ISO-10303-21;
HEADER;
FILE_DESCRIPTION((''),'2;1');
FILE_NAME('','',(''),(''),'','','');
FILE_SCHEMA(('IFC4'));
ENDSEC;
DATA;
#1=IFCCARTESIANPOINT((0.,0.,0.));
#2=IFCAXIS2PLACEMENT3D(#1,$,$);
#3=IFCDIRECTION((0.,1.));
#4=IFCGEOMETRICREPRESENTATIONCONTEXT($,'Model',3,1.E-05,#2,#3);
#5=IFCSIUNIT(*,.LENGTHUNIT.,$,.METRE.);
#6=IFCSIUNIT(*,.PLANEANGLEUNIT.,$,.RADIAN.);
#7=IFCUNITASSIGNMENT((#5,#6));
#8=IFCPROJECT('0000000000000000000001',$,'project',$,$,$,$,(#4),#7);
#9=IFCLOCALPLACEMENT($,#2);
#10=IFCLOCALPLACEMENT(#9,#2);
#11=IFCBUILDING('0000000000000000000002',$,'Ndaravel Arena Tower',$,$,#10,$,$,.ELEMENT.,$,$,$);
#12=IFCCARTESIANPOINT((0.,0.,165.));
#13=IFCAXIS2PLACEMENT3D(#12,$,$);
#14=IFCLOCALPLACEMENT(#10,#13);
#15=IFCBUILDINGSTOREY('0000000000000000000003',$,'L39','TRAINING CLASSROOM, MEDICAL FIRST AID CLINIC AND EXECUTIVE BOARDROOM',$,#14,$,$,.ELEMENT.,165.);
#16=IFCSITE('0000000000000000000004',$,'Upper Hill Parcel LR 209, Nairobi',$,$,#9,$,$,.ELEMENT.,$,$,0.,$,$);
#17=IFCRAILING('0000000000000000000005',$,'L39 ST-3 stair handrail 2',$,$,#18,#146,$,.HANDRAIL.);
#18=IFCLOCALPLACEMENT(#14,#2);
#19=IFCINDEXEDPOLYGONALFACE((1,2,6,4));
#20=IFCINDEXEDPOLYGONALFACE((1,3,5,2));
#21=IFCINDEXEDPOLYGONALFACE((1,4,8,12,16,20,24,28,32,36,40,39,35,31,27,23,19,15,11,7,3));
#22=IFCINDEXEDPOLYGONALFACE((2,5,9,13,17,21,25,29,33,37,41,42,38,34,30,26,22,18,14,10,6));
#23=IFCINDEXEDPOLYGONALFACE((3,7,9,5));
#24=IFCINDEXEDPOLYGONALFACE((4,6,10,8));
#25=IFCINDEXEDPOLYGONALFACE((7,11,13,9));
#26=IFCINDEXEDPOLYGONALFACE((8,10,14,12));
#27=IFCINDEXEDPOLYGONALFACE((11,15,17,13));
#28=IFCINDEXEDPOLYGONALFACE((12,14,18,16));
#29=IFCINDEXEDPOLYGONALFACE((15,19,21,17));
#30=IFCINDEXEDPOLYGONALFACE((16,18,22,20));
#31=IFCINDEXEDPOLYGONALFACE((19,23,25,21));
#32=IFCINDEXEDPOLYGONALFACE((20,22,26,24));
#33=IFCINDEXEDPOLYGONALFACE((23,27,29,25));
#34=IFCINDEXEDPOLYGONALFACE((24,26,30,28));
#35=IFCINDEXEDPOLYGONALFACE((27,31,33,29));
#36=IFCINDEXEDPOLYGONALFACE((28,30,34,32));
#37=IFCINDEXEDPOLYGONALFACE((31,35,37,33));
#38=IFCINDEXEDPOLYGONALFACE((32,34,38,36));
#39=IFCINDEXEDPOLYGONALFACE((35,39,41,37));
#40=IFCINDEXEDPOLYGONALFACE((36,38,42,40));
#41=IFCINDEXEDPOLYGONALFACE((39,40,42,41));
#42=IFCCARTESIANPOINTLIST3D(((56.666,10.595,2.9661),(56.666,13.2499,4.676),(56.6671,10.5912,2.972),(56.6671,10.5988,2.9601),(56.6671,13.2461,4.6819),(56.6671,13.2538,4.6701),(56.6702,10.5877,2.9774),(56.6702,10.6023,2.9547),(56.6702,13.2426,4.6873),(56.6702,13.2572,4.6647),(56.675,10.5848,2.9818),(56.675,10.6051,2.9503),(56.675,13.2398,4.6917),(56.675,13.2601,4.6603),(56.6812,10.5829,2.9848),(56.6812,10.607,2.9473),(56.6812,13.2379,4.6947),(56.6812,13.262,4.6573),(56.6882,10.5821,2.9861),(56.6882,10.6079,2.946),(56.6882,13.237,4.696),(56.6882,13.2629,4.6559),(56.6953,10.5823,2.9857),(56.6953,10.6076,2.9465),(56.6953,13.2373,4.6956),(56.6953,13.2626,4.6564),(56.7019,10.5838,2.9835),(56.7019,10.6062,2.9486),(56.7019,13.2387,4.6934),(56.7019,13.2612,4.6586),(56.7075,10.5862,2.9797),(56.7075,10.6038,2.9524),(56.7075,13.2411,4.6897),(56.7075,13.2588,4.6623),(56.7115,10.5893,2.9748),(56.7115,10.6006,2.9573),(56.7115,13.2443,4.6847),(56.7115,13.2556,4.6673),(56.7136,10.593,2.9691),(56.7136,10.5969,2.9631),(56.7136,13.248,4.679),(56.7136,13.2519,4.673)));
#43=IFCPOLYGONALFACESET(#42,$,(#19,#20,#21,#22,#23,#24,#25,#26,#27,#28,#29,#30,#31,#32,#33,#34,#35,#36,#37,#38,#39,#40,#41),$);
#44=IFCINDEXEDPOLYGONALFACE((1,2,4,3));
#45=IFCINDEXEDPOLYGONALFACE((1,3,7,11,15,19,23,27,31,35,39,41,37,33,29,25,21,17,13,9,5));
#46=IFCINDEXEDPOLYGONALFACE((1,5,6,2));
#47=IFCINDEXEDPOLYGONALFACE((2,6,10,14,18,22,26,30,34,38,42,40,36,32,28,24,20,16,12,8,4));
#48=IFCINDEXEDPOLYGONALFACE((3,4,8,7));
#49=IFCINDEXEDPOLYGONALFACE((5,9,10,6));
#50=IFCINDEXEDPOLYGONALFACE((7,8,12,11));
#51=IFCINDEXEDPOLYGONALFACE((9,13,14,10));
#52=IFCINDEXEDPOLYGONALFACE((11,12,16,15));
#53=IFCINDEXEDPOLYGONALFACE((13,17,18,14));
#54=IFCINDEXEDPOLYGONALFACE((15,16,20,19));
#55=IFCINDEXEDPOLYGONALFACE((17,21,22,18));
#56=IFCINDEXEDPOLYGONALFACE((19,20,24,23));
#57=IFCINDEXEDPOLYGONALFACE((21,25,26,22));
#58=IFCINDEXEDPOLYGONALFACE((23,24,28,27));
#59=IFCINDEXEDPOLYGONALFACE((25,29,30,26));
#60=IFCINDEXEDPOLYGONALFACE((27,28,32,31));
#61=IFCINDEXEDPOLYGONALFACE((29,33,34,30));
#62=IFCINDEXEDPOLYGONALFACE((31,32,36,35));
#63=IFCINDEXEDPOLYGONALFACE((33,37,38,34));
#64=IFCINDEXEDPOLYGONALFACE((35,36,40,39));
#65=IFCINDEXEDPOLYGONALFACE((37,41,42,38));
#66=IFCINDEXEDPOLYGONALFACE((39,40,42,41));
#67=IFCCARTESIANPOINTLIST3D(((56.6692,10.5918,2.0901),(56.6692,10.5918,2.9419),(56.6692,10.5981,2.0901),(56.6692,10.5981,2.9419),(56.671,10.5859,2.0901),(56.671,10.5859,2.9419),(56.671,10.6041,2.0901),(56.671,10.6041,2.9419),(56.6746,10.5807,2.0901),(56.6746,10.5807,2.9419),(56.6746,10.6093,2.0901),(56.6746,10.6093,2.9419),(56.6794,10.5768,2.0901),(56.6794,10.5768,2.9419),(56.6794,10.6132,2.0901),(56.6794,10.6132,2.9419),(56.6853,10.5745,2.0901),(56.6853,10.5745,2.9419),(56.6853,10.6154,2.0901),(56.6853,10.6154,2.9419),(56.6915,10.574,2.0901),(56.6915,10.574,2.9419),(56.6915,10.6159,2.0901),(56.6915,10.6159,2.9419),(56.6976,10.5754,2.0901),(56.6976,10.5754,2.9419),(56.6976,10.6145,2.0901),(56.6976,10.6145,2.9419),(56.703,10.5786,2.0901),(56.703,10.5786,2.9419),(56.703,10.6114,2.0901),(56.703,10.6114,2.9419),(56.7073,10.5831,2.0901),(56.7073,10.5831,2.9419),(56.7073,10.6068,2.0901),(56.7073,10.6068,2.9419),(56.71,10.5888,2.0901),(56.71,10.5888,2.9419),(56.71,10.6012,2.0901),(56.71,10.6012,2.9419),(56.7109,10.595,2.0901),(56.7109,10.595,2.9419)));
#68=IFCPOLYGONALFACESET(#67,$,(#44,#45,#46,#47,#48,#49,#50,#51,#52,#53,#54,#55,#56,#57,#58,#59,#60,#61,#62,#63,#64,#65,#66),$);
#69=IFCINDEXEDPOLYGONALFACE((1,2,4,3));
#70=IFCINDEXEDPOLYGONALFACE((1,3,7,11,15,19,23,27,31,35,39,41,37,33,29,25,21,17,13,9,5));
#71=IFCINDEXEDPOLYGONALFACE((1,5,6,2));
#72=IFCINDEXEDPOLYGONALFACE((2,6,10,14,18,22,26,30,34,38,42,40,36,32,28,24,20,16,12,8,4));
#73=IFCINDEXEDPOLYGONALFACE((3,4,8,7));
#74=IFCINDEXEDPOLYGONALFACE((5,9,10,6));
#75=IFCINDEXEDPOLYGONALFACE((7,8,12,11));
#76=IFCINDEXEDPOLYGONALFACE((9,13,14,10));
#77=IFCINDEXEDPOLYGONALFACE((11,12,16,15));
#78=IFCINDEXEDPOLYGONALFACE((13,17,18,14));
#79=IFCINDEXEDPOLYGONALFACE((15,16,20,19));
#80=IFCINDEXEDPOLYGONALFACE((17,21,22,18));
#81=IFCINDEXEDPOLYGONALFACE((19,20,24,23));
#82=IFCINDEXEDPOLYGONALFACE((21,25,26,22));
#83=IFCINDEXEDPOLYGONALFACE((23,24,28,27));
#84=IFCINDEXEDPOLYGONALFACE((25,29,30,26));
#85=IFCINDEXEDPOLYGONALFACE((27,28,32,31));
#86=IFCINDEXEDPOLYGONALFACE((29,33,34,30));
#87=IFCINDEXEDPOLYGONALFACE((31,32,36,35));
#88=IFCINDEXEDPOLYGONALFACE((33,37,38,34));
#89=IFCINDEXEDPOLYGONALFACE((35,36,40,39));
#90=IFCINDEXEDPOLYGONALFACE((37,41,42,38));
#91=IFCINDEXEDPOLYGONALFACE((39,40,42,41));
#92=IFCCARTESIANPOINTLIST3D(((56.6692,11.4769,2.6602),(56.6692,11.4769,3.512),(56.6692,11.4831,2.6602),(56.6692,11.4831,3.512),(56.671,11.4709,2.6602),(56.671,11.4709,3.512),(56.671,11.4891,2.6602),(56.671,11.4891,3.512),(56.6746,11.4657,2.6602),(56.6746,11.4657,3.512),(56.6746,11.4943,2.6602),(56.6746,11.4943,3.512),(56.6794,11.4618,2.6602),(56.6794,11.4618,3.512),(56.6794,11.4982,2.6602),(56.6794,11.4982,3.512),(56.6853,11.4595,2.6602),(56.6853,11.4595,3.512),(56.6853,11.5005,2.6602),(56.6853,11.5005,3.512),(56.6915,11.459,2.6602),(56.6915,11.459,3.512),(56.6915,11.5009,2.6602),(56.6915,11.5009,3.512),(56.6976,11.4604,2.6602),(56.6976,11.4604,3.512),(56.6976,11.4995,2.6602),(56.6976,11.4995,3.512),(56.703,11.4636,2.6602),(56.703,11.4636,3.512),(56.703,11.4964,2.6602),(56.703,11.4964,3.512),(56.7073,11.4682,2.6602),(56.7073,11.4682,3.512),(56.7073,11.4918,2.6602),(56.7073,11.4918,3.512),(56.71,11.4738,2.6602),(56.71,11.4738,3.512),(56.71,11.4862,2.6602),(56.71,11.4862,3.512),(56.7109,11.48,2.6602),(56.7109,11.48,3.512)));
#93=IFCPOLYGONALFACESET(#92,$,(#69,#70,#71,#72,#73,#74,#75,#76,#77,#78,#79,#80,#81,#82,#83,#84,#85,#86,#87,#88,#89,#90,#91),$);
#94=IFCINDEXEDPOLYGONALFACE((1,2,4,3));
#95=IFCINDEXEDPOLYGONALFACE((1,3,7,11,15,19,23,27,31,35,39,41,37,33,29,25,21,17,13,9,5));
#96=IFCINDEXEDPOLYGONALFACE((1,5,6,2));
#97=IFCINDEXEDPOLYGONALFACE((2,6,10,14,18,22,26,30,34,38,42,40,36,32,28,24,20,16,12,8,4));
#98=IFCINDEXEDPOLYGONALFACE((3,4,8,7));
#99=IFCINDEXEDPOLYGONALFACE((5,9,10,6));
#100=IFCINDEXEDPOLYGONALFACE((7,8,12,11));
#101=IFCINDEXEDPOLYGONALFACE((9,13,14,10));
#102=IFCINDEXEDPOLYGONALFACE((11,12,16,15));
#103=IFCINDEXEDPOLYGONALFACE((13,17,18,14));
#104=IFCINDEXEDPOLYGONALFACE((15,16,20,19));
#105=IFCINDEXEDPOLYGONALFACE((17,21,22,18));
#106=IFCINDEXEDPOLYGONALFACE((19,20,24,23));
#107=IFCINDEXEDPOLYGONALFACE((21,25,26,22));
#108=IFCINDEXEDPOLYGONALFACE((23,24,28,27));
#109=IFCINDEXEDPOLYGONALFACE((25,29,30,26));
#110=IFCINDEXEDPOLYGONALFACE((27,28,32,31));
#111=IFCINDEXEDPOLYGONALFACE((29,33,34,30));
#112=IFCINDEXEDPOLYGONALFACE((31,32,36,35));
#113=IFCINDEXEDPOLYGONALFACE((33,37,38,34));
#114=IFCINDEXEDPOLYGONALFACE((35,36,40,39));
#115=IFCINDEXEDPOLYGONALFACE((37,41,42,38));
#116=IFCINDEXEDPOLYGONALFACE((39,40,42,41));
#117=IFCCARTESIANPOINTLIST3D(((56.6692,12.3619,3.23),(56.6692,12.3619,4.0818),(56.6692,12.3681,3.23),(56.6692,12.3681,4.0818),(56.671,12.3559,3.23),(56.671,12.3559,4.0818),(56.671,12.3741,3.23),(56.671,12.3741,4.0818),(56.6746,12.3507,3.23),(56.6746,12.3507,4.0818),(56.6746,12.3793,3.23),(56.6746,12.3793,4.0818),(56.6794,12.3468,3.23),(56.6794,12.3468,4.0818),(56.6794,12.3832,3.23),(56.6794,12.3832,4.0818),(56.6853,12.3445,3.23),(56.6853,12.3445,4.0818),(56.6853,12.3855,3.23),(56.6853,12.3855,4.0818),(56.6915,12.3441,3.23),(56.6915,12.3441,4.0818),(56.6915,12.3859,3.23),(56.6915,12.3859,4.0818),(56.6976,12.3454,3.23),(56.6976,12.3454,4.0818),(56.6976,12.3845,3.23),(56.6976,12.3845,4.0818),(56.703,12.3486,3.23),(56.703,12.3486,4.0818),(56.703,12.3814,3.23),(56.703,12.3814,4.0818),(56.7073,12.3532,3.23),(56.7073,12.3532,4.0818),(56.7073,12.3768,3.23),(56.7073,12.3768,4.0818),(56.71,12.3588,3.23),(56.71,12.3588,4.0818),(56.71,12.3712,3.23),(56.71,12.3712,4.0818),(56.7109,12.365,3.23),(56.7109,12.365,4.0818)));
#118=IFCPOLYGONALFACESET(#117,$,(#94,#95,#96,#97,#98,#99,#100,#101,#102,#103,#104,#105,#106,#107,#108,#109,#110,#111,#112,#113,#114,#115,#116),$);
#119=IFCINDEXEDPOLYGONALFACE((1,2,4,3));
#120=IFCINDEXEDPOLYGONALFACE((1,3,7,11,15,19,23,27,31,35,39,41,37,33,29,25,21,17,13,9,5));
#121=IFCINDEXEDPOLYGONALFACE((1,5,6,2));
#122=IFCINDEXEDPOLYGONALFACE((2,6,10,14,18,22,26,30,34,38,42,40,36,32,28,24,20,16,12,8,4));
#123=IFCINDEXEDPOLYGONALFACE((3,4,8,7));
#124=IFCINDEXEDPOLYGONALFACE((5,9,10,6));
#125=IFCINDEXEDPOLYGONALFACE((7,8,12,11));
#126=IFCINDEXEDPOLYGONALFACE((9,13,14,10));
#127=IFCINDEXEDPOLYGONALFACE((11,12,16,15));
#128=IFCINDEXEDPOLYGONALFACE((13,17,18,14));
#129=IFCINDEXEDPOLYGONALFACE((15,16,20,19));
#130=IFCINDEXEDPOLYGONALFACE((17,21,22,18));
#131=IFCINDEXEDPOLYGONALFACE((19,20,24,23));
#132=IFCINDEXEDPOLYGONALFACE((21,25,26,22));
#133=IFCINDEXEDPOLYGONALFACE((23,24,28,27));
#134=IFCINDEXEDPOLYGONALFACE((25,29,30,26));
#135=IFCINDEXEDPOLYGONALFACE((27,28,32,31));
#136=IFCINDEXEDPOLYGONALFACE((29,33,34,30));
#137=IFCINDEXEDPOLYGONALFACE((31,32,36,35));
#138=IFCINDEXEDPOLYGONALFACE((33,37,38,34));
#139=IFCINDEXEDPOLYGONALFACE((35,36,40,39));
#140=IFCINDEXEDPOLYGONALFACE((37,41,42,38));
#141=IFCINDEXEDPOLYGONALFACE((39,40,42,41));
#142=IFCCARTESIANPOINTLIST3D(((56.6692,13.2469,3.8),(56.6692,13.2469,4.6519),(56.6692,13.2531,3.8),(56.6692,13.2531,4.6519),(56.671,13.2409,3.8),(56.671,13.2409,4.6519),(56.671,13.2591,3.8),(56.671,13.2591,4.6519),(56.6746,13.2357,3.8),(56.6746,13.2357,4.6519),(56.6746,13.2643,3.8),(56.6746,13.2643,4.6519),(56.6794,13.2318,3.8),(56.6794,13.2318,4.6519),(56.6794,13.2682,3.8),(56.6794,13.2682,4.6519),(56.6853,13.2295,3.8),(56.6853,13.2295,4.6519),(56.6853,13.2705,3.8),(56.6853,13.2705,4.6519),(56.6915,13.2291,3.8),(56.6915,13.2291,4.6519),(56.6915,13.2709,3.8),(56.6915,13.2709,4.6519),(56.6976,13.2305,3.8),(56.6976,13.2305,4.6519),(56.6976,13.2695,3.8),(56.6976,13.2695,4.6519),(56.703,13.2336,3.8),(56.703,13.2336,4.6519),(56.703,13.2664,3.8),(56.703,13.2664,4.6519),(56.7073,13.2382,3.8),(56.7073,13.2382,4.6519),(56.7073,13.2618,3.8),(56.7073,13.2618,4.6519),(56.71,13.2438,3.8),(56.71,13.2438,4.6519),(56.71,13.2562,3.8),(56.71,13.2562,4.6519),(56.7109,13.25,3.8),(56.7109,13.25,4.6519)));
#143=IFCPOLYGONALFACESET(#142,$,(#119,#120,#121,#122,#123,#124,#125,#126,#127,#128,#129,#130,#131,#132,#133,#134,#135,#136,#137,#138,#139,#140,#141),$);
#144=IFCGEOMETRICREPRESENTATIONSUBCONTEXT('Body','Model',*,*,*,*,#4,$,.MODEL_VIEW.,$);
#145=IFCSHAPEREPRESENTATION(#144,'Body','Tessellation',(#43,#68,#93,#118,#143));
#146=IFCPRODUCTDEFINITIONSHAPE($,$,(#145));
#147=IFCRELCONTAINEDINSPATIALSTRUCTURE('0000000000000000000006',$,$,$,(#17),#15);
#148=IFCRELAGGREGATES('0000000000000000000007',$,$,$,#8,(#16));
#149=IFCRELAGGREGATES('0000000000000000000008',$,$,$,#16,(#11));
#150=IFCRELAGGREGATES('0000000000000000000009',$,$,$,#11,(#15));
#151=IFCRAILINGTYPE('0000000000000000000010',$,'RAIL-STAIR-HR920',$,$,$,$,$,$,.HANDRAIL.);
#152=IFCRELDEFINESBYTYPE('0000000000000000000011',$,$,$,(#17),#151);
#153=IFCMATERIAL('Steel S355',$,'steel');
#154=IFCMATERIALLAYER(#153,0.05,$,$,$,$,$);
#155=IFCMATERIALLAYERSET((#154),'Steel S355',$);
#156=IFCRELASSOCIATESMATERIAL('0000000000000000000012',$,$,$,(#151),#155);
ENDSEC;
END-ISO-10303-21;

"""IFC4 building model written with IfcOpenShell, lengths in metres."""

from ifc_helpers import new_model, si_unit, direction, frame, origin, origin_2d, place, context, subcontext, project, spatial, circle, extrude, material, layer, layer_set, type_object, element, save


model = new_model("IFC4")

# Units and contexts
model_context = context("Model", 3, precision=1e-05, world=origin(), true_north=direction((0.0, 1.0)))
body_context = subcontext(model_context, "Body", "Model", "MODEL_VIEW")
ifc_project = project(units=[si_unit("LENGTHUNIT", "METRE"), si_unit("PLANEANGLEUNIT", "RADIAN")], contexts=[model_context])

# Site, building, storey
site_placement = place(None, origin())
site = spatial("IfcSite", under=ifc_project, at=site_placement, Name="Upper Hill Parcel LR 209, Nairobi", CompositionType="ELEMENT", RefElevation=0.0)
building_placement = place(site_placement, origin())
building = spatial("IfcBuilding", under=site, at=building_placement, Name="Ndaravel Arena Tower", CompositionType="ELEMENT")
storey_placement = place(building_placement, frame((0.0, 0.0, 165.0)))
storey = spatial("IfcBuildingStorey", under=building, at=storey_placement, Name="L39", Description="TRAINING CLASSROOM, MEDICAL FIRST AID CLINIC AND EXECUTIVE BOARDROOM", CompositionType="ELEMENT", Elevation=165.0)

# Railing
ifc_material_1 = material(Name="Steel S355", Category="steel")
ifc_layer_1 = layer(ifc_material_1, 0.05)
ifc_layer_set_1 = layer_set([ifc_layer_1], Name="Steel S355")
railing_type_1 = type_object("IfcRailingType", Name="RAIL-STAIR-HR920", PredefinedType="HANDRAIL", material=ifc_layer_set_1)
railing_1_placement = place(storey_placement, frame((56.6899, 10.595, 2.0901)))
element("IfcRailing", 1, at=railing_1_placement, inside=storey, type_object=railing_type_1, Name="L39 ST-3 stair handrail 2", PredefinedType="HANDRAIL", context=body_context, shape_type="SweptSolid", body=[
    extrude(circle(Radius=0.0239, at=origin_2d()), frame((0.0, 0.0, 0.876), z_axis=(0.0, 0.840724, 0.541465), x_axis=(-1.0, 0.0, 0.0)), (0.0, 0.0, 1.0), 3.158),
    extrude(circle(Radius=0.021, at=origin_2d()), origin(), (0.0, 0.0, 1.0), 0.8518),
    extrude(circle(Radius=0.021, at=origin_2d()), frame((0.0, 0.885, 0.5701)), (0.0, 0.0, 1.0), 0.8518),
    extrude(circle(Radius=0.021, at=origin_2d()), frame((0.0, 1.77, 1.1399)), (0.0, 0.0, 1.0), 0.8518),
    extrude(circle(Radius=0.021, at=origin_2d()), frame((0.0, 2.655, 1.71)), (0.0, 0.0, 1.0), 0.8518),
])

save(model, "model.ifc")
